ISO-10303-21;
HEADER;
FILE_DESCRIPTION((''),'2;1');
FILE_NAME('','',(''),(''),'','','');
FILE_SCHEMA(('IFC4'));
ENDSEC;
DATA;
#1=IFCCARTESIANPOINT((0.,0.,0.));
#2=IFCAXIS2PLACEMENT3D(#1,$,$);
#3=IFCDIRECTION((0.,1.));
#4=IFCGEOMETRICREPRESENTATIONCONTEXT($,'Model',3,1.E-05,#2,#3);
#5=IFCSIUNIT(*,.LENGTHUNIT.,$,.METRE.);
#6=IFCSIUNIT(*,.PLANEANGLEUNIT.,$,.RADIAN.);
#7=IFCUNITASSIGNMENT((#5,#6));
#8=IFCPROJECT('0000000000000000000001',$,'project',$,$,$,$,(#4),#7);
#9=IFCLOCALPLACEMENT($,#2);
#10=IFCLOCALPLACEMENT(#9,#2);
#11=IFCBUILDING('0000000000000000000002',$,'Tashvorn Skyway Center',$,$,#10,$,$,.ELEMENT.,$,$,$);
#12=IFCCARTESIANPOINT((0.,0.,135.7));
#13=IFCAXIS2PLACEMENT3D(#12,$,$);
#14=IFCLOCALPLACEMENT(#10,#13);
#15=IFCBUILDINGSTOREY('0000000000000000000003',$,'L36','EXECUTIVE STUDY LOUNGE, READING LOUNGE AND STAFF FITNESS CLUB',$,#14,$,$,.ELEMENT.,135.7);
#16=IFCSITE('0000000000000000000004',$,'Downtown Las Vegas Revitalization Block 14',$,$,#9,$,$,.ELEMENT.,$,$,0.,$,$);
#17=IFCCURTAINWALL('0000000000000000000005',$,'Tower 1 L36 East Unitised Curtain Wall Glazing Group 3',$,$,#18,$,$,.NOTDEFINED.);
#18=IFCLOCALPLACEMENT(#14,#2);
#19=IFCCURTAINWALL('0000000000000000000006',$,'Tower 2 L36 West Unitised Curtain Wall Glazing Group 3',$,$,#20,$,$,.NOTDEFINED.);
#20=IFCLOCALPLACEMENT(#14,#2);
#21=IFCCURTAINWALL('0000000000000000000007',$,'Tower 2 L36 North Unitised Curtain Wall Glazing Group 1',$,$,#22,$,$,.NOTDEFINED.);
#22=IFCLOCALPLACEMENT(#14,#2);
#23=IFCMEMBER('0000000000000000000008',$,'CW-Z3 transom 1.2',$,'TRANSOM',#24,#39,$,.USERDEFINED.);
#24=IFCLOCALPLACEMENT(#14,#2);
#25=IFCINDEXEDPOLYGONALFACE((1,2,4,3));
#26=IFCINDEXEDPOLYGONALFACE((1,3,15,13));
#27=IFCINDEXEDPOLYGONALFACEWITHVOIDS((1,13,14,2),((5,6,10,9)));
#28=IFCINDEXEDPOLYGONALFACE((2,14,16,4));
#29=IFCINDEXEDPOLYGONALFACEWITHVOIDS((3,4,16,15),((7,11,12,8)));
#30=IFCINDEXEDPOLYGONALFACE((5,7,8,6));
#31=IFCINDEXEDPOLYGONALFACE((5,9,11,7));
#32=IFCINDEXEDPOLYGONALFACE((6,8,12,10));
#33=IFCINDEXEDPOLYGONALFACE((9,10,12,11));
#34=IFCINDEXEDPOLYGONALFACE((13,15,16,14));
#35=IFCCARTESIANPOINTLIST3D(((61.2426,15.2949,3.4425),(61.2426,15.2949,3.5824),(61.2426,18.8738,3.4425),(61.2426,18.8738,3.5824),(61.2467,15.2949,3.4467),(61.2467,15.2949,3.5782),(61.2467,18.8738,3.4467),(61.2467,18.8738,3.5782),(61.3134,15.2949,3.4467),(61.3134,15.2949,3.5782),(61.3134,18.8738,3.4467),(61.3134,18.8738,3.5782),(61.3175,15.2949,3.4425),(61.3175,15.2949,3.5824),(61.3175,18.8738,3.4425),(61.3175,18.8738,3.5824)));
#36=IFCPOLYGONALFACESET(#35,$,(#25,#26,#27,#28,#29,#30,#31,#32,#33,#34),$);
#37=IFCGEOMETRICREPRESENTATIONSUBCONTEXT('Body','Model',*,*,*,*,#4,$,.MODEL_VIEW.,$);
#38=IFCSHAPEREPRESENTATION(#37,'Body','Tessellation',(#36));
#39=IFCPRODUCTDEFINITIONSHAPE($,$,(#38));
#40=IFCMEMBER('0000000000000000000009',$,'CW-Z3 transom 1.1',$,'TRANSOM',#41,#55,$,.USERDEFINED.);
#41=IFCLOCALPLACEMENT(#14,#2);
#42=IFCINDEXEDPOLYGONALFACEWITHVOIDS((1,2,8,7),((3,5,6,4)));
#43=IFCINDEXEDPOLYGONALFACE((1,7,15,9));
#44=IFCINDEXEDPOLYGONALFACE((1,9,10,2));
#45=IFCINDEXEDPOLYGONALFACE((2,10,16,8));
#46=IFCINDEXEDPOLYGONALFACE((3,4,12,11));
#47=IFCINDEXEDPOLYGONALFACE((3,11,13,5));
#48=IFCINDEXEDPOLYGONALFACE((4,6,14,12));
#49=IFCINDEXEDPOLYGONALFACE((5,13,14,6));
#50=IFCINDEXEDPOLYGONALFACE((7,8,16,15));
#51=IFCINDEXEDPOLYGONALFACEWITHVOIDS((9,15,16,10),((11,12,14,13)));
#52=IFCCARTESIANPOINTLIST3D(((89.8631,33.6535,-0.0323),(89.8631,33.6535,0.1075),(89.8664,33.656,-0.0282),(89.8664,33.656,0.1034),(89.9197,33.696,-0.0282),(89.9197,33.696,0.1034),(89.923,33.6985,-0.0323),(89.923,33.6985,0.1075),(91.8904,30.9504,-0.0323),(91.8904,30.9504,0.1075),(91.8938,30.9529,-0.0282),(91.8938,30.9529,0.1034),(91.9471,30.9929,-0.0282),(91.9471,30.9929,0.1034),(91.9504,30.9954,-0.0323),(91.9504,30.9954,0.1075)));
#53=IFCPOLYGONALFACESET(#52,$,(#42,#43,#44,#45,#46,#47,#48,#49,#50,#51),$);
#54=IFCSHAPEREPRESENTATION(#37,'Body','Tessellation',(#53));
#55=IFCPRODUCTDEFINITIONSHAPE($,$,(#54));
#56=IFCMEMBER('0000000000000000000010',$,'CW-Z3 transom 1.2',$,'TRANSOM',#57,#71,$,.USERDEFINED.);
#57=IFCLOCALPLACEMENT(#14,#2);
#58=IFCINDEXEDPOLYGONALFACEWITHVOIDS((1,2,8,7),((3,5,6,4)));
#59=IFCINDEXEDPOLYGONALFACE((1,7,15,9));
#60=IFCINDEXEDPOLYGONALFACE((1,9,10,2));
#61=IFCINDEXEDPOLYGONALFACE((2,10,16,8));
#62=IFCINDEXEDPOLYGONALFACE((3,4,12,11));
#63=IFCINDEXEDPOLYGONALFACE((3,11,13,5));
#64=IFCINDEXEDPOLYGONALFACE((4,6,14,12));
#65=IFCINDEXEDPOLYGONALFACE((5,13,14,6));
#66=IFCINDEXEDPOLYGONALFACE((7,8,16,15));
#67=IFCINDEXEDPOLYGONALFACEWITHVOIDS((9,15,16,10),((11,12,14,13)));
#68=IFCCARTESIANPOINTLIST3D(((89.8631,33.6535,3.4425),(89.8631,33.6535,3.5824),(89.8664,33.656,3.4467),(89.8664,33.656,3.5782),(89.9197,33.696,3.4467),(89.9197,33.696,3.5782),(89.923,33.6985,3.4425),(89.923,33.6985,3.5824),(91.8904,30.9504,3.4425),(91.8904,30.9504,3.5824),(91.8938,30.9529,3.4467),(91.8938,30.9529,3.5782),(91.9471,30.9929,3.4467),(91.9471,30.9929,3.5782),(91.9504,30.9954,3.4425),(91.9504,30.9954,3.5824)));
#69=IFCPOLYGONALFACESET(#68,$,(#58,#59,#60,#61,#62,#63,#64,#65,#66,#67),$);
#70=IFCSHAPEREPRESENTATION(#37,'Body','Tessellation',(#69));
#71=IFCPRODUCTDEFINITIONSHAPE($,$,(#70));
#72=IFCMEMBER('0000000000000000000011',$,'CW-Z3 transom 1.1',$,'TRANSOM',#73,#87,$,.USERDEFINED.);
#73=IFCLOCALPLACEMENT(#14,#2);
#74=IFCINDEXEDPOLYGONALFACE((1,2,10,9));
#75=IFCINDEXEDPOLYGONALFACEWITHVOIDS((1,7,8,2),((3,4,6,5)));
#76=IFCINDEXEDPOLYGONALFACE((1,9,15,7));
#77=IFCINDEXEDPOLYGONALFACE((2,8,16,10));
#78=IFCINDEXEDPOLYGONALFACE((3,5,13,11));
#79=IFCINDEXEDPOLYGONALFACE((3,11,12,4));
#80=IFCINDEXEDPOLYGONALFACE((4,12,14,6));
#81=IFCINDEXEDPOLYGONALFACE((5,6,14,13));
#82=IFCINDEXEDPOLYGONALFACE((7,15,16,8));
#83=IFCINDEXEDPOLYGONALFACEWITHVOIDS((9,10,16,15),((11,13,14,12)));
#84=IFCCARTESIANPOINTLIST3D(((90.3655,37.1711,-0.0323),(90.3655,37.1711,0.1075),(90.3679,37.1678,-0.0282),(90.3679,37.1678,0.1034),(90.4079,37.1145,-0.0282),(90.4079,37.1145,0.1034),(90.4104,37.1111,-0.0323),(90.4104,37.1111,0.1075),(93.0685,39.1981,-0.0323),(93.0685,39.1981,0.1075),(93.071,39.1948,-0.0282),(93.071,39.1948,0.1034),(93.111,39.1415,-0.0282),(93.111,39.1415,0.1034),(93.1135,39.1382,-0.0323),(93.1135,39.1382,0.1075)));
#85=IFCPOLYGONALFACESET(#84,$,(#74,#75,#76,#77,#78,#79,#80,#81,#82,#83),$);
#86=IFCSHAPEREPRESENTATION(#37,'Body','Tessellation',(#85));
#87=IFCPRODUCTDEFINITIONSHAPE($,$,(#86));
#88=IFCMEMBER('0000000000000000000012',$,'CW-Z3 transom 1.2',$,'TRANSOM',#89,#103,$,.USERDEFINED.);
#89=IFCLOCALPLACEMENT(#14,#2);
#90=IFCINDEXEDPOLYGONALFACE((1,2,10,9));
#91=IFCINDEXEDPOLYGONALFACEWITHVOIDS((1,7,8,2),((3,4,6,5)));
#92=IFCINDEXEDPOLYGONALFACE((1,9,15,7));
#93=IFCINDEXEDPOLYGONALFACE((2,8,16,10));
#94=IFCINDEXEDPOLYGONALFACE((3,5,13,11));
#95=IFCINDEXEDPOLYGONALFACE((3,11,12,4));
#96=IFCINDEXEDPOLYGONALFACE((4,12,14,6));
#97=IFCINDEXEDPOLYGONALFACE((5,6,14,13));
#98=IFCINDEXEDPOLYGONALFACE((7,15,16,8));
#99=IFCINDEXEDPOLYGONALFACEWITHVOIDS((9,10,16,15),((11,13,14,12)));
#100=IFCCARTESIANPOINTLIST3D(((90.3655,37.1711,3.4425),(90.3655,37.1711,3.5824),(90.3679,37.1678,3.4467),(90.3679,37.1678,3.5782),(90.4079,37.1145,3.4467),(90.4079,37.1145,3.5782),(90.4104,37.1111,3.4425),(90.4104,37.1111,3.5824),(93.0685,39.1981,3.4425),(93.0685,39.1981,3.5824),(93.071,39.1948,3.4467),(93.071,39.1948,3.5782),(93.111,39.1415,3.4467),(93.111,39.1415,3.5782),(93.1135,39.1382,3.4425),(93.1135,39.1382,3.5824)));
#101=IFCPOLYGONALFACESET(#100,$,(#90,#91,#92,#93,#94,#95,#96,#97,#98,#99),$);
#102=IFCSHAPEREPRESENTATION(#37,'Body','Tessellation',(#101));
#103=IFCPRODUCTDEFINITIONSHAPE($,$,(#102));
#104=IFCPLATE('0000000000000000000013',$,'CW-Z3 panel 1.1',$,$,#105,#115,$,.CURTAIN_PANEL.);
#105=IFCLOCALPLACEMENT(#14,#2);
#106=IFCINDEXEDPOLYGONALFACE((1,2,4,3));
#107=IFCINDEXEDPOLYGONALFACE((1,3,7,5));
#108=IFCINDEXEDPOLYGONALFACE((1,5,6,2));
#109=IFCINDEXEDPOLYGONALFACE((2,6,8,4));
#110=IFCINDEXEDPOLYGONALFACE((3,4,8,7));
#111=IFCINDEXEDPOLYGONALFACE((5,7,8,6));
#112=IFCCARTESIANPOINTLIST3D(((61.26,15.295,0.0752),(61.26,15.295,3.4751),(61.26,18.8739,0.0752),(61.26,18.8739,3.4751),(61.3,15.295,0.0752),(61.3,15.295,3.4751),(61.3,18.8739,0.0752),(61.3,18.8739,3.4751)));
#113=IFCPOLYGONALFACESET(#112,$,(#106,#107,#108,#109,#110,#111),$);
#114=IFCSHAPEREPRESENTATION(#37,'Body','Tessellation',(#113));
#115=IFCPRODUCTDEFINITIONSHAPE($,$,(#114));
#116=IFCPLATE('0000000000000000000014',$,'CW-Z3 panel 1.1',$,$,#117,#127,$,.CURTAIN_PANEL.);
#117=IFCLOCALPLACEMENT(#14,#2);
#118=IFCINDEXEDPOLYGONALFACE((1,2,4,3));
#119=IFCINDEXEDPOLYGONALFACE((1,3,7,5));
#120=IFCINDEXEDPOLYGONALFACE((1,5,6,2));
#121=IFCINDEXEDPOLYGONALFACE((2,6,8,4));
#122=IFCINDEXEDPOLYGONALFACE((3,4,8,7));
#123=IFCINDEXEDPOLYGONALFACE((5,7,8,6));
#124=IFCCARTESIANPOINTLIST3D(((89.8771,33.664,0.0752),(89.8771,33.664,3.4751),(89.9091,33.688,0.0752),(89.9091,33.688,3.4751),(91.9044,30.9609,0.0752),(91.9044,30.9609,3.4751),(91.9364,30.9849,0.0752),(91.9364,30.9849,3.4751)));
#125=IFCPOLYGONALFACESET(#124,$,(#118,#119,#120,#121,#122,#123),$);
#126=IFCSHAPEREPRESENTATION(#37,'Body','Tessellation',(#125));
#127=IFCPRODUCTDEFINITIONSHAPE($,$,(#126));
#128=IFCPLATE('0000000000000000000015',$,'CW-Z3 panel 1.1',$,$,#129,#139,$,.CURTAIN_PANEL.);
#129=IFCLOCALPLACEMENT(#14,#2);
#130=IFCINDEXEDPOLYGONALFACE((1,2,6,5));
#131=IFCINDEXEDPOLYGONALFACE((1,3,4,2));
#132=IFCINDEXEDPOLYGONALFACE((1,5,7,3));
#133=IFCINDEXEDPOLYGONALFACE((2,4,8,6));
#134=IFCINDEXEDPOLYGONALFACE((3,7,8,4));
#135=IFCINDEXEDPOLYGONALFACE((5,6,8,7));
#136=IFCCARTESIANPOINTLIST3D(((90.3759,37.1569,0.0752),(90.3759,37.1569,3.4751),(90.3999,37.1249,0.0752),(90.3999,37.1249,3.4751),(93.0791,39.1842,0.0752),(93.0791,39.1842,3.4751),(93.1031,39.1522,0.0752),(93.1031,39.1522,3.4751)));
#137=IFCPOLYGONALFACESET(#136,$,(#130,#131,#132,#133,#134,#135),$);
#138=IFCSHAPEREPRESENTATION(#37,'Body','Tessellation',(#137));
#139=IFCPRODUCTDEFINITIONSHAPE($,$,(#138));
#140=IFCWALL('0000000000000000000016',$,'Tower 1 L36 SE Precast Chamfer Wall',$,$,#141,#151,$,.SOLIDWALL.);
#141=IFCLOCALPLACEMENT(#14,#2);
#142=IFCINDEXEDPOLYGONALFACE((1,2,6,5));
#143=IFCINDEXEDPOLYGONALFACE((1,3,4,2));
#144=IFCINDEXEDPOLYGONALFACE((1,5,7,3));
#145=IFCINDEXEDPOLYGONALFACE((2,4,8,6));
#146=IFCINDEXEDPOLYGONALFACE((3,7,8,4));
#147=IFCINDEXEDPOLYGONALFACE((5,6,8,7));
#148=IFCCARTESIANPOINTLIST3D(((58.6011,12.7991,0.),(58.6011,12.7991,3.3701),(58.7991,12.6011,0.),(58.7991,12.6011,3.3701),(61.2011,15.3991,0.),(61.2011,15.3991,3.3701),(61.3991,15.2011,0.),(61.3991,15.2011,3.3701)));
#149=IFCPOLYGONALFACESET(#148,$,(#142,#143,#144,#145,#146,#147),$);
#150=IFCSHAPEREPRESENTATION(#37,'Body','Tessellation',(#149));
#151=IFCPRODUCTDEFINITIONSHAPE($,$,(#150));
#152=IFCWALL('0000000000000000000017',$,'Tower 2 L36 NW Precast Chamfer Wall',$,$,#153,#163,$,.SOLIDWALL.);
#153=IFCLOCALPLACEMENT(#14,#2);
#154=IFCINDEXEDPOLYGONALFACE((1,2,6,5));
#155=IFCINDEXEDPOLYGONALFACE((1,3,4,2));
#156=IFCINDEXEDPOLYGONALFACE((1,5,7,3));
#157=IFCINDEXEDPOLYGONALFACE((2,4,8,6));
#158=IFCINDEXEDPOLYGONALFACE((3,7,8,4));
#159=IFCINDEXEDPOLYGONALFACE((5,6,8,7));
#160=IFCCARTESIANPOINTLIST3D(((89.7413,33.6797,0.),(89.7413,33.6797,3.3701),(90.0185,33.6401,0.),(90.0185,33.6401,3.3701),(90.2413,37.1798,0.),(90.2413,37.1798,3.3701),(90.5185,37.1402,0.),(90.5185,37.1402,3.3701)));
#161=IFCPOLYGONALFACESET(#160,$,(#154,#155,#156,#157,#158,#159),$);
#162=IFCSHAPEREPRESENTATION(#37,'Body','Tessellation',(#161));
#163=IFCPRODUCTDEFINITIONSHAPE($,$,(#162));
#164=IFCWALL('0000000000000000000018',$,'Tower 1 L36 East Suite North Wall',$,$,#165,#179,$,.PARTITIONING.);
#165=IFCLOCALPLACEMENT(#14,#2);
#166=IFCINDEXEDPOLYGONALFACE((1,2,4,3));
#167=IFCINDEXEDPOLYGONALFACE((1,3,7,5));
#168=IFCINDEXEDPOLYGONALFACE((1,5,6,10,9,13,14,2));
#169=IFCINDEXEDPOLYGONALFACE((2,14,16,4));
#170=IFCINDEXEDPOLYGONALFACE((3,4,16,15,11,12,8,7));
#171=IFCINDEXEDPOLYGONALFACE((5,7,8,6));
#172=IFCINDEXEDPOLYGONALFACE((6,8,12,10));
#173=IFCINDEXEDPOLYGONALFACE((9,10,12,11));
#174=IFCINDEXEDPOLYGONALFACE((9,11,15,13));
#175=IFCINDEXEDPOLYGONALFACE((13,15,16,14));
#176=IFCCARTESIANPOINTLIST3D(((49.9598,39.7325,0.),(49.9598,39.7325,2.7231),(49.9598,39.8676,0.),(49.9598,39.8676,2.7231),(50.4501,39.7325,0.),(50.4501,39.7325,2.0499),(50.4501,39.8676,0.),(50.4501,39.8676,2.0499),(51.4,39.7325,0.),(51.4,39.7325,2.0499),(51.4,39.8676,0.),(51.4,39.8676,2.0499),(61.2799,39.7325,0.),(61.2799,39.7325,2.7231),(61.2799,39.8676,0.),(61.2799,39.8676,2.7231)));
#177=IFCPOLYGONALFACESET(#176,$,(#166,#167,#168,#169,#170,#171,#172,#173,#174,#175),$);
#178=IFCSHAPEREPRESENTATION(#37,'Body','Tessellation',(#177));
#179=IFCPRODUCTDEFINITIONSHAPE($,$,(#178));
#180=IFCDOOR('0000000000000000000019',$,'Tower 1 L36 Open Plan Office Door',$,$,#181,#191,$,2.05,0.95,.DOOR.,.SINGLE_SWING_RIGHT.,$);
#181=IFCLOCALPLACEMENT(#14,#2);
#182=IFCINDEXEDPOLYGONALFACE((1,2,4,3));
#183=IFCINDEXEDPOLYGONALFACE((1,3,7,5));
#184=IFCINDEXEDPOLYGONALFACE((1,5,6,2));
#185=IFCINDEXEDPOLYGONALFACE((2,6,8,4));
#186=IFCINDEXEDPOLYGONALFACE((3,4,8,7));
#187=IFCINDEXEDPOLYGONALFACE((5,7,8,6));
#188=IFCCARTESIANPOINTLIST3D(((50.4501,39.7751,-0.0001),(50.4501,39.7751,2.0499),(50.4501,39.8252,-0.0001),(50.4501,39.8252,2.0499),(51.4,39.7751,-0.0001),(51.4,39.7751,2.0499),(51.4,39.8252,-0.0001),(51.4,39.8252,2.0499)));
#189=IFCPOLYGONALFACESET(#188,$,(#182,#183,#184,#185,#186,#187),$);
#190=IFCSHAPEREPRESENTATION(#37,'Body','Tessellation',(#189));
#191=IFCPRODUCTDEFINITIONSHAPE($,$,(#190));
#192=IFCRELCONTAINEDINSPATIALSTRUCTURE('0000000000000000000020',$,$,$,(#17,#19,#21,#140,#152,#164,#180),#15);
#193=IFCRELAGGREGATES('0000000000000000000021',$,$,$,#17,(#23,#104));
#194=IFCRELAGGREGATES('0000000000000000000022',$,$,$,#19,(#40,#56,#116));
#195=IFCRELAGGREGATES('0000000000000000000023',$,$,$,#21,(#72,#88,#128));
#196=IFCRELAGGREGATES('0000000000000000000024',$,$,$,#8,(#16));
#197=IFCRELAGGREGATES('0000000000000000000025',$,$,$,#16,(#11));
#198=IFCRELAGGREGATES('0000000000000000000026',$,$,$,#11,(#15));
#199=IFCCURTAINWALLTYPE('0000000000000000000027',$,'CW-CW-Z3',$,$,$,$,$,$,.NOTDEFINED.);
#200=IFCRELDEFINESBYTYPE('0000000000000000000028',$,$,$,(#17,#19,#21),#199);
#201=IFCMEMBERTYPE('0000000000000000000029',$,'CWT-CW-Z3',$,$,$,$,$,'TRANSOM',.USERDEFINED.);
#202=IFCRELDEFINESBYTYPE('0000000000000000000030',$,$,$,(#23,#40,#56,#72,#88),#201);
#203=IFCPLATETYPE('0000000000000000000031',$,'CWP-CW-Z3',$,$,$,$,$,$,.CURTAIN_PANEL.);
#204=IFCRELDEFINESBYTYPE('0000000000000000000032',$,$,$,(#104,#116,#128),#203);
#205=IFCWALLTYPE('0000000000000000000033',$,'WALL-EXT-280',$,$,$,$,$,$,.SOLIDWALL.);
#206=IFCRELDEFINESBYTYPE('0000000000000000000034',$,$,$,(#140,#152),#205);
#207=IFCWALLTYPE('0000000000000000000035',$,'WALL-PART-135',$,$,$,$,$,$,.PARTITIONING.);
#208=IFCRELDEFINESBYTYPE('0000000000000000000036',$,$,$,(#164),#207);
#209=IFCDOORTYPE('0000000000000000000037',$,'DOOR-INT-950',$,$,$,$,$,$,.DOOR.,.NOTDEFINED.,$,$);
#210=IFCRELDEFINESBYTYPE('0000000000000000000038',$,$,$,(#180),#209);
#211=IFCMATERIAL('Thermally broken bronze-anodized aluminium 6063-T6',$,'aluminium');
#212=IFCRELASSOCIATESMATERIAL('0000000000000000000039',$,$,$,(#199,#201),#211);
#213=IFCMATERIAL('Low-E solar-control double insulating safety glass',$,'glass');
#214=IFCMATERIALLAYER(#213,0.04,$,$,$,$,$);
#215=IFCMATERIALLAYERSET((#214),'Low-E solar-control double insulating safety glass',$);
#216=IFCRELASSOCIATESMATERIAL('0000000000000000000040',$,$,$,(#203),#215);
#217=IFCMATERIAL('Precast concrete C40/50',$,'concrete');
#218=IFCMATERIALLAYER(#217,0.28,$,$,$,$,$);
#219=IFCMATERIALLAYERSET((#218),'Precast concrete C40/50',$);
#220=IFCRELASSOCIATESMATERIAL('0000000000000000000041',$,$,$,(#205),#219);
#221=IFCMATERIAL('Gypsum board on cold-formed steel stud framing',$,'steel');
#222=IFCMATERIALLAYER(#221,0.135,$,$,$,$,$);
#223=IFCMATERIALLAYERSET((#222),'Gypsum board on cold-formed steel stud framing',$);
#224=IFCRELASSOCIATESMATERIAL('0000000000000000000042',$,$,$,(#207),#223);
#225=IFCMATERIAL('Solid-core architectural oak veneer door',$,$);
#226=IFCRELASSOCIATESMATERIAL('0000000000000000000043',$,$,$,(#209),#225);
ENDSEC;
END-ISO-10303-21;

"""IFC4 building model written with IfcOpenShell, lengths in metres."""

from ifc_helpers import new_model, si_unit, direction, frame, frame_2d, origin, origin_2d, place, context, subcontext, project, spatial, rectangle, hollow_rectangle, extrude, material, layer, layer_set, material_profile, profile_set, type_object, element, fill, aggregate, save


model = new_model("IFC4")

# Units and contexts
model_context = context("Model", 3, precision=1e-05, world=origin(), true_north=direction((0.0, 1.0)))
body_context = subcontext(model_context, "Body", "Model", "MODEL_VIEW")
ifc_project = project(units=[si_unit("LENGTHUNIT", "METRE"), si_unit("PLANEANGLEUNIT", "RADIAN")], contexts=[model_context])

# Site, building, storey
site_placement = place(None, origin())
site = spatial("IfcSite", under=ifc_project, at=site_placement, Name="Downtown Las Vegas Revitalization Block 14", CompositionType="ELEMENT", RefElevation=0.0)
building_placement = place(site_placement, origin())
building = spatial("IfcBuilding", under=site, at=building_placement, Name="Tashvorn Skyway Center", CompositionType="ELEMENT")
storey_placement = place(building_placement, frame((0.0, 0.0, 135.7)))
storey = spatial("IfcBuildingStorey", under=building, at=storey_placement, Name="L36", Description="EXECUTIVE STUDY LOUNGE, READING LOUNGE AND STAFF FITNESS CLUB", CompositionType="ELEMENT", Elevation=135.7)

# Curtain walls
ifc_material_1 = material(Name="Thermally broken bronze-anodized aluminium 6063-T6", Category="aluminium")
curtain_wall_type = type_object("IfcCurtainWallType", Name="CW-CW-Z3", PredefinedType="NOTDEFINED", material=ifc_material_1)
curtain_wall_1_placement = place(storey_placement, origin())
curtain_wall_1 = element("IfcCurtainWall", 1, at=curtain_wall_1_placement, inside=storey, type_object=curtain_wall_type, Name="Tower 1 L36 East Unitised Curtain Wall Glazing Group 3", PredefinedType="NOTDEFINED")
curtain_wall_2_placement = place(storey_placement, origin())
curtain_wall_2 = element("IfcCurtainWall", 2, at=curtain_wall_2_placement, inside=storey, type_object=curtain_wall_type, Name="Tower 2 L36 West Unitised Curtain Wall Glazing Group 3", PredefinedType="NOTDEFINED")
curtain_wall_3_placement = place(storey_placement, origin())
curtain_wall_3 = element("IfcCurtainWall", 3, at=curtain_wall_3_placement, inside=storey, type_object=curtain_wall_type, Name="Tower 2 L36 North Unitised Curtain Wall Glazing Group 1", PredefinedType="NOTDEFINED")

# Members
ifc_material_profile_1 = material_profile(ifc_material_1, hollow_rectangle(XDim=0.075, YDim=0.1399, WallThickness=0.0042, at=origin_2d()), Name="ALU-TRAN-75x140")
ifc_profile_set_1 = profile_set([ifc_material_profile_1], Name="Thermally broken bronze-anodized aluminium 6063-T6")
member_type_1 = type_object("IfcMemberType", Name="CWT-CW-Z3", ElementType="TRANSOM", PredefinedType="USERDEFINED", material=ifc_profile_set_1)
member_1_placement = place(storey_placement, frame((61.28, 18.8738, 3.5125), z_axis=(0.0, -1.0, 0.0), x_axis=(1.0, 0.0, 0.0)))
member_1 = element("IfcMember", 4, at=member_1_placement, type_object=member_type_1, Name="CW-Z3 transom 1.2", ObjectType="TRANSOM", PredefinedType="USERDEFINED", context=body_context, shape_type="SweptSolid", body=[
    extrude(hollow_rectangle(XDim=0.075, YDim=0.1399, WallThickness=0.0042, at=origin_2d()), origin(), (0.0, 0.0, 1.0), 3.5789),
])
member_2_placement = place(storey_placement, frame((91.9204, 30.9729, 0.0376), z_axis=(-0.6, 0.8, 0.0), x_axis=(-0.8, -0.6, 0.0)))
member_2 = element("IfcMember", 5, at=member_2_placement, type_object=member_type_1, Name="CW-Z3 transom 1.1", ObjectType="TRANSOM", PredefinedType="USERDEFINED", context=body_context, shape_type="SweptSolid", body=[
    extrude(hollow_rectangle(XDim=0.075, YDim=0.1399, WallThickness=0.0042, at=origin_2d()), origin(), (0.0, 0.0, 1.0), 3.3789),
])
member_3_placement = place(storey_placement, frame((91.9204, 30.9729, 3.5125), z_axis=(-0.6, 0.8, 0.0), x_axis=(-0.8, -0.6, 0.0)))
member_3 = element("IfcMember", 6, at=member_3_placement, type_object=member_type_1, Name="CW-Z3 transom 1.2", ObjectType="TRANSOM", PredefinedType="USERDEFINED", context=body_context, shape_type="SweptSolid", body=[
    extrude(hollow_rectangle(XDim=0.075, YDim=0.1399, WallThickness=0.0042, at=origin_2d()), origin(), (0.0, 0.0, 1.0), 3.3789),
])
member_4_placement = place(storey_placement, frame((90.3879, 37.1411, 0.0376), z_axis=(0.800035, 0.599954, 0.0), x_axis=(-0.599954, 0.800035, 0.0)))
member_4 = element("IfcMember", 7, at=member_4_placement, type_object=member_type_1, Name="CW-Z3 transom 1.1", ObjectType="TRANSOM", PredefinedType="USERDEFINED", context=body_context, shape_type="SweptSolid", body=[
    extrude(hollow_rectangle(XDim=0.075, YDim=0.1399, WallThickness=0.0042, at=origin_2d()), origin(), (0.0, 0.0, 1.0), 3.3787),
])
member_5_placement = place(storey_placement, frame((90.3879, 37.1411, 3.5125), z_axis=(0.800035, 0.599954, 0.0), x_axis=(-0.599954, 0.800035, 0.0)))
member_5 = element("IfcMember", 8, at=member_5_placement, type_object=member_type_1, Name="CW-Z3 transom 1.2", ObjectType="TRANSOM", PredefinedType="USERDEFINED", context=body_context, shape_type="SweptSolid", body=[
    extrude(hollow_rectangle(XDim=0.075, YDim=0.1399, WallThickness=0.0042, at=origin_2d()), origin(), (0.0, 0.0, 1.0), 3.3787),
])

# Plates
ifc_material_2 = material(Name="Low-E solar-control double insulating safety glass", Category="glass")
ifc_layer_1 = layer(ifc_material_2, 0.04)
ifc_layer_set_1 = layer_set([ifc_layer_1], Name="Low-E solar-control double insulating safety glass")
plate_type = type_object("IfcPlateType", Name="CWP-CW-Z3", PredefinedType="CURTAIN_PANEL", material=ifc_layer_set_1)
plate_1_placement = place(storey_placement, frame((61.28, 17.0845, 0.0752), z_axis=(0.0, 0.0, 1.0), x_axis=(0.0, -1.0, 0.0)))
plate_1 = element("IfcPlate", 9, at=plate_1_placement, type_object=plate_type, Name="CW-Z3 panel 1.1", PredefinedType="CURTAIN_PANEL", context=body_context, shape_type="SweptSolid", body=[
    extrude(rectangle(XDim=3.5789, YDim=0.04, at=origin_2d()), origin(), (0.0, 0.0, 1.0), 3.3999),
])
aggregate(curtain_wall_1, [member_1, plate_1])
plate_2_placement = place(storey_placement, frame((90.9067, 32.3245, 0.0752), z_axis=(0.0, 0.0, 1.0), x_axis=(-0.599995, 0.800003, 0.0)))
plate_2 = element("IfcPlate", 10, at=plate_2_placement, type_object=plate_type, Name="CW-Z3 panel 1.1", PredefinedType="CURTAIN_PANEL", context=body_context, shape_type="SweptSolid", body=[
    extrude(rectangle(XDim=3.3789, YDim=0.04, at=origin_2d()), origin(), (0.0, 0.0, 1.0), 3.3999),
])
aggregate(curtain_wall_2, [member_2, member_3, plate_2])
plate_3_placement = place(storey_placement, frame((91.7395, 38.1545, 0.0752), z_axis=(0.0, 0.0, 1.0), x_axis=(0.800003, 0.599995, 0.0)))
plate_3 = element("IfcPlate", 11, at=plate_3_placement, type_object=plate_type, Name="CW-Z3 panel 1.1", PredefinedType="CURTAIN_PANEL", context=body_context, shape_type="SweptSolid", body=[
    extrude(rectangle(XDim=3.3789, YDim=0.04, at=origin_2d()), origin(), (0.0, 0.0, 1.0), 3.3999),
])
aggregate(curtain_wall_3, [member_4, member_5, plate_3])

# Walls
ifc_material_3 = material(Name="Precast concrete C40/50", Category="concrete")
ifc_layer_2 = layer(ifc_material_3, 0.28)
ifc_layer_set_2 = layer_set([ifc_layer_2], Name="Precast concrete C40/50")
wall_type_1 = type_object("IfcWallType", Name="WALL-EXT-280", PredefinedType="SOLIDWALL", material=ifc_layer_set_2)
wall_1_placement = place(storey_placement, frame((61.3, 15.3, 0.0), z_axis=(0.0, 0.0, 1.0), x_axis=(-0.707107, -0.707107, 0.0)))
element("IfcWall", 12, at=wall_1_placement, inside=storey, type_object=wall_type_1, Name="Tower 1 L36 SE Precast Chamfer Wall", PredefinedType="SOLIDWALL", context=body_context, shape_type="SweptSolid", body=[
    extrude(rectangle(XDim=3.677, YDim=0.28, at=frame_2d((1.8384, 0.0))), origin(), (0.0, 0.0, 1.0), 3.3701),
])
wall_2_placement = place(storey_placement, frame((89.8799, 33.6599, 0.0), z_axis=(0.0, 0.0, 1.0), x_axis=(0.141421, 0.989949, 0.0)))
element("IfcWall", 13, at=wall_2_placement, inside=storey, type_object=wall_type_1, Name="Tower 2 L36 NW Precast Chamfer Wall", PredefinedType="SOLIDWALL", context=body_context, shape_type="SweptSolid", body=[
    extrude(rectangle(XDim=3.5356, YDim=0.28, at=frame_2d((1.7678, 0.0))), origin(), (0.0, 0.0, 1.0), 3.3701),
])

# Wall, opening, door
ifc_material_4 = material(Name="Gypsum board on cold-formed steel stud framing", Category="steel")
ifc_layer_3 = layer(ifc_material_4, 0.135)
ifc_layer_set_3 = layer_set([ifc_layer_3], Name="Gypsum board on cold-formed steel stud framing")
wall_type_2 = type_object("IfcWallType", Name="WALL-PART-135", PredefinedType="PARTITIONING", material=ifc_layer_set_3)
wall_3_placement = place(storey_placement, frame((61.28, 39.8, 0.0), z_axis=(0.0, 0.0, 1.0), x_axis=(-1.0, 0.0, 0.0)))
wall_3 = element("IfcWall", 14, at=wall_3_placement, inside=storey, type_object=wall_type_2, Name="Tower 1 L36 East Suite North Wall", PredefinedType="PARTITIONING", context=body_context, shape_type="SweptSolid", body=[
    extrude(rectangle(XDim=11.3201, YDim=0.135, at=frame_2d((5.6602, 0.0))), origin(), (0.0, 0.0, 1.0), 2.7231),
])
opening_1_placement = place(wall_3_placement, frame((9.8799, 0.0, 0.0)))
opening_1 = element("IfcOpeningElement", 15, at=opening_1_placement, cuts=wall_3, PredefinedType="OPENING", context=body_context, shape_type="SweptSolid", body=[
    extrude(rectangle(XDim=0.95, YDim=2.05, at=frame_2d((0.4751, 1.0249))), frame((0.0, 0.0774, 0.0), z_axis=(0.0, -1.0, 0.0), x_axis=(1.0, 0.0, 0.0)), (0.0, 0.0, 1.0), 0.155),
])
ifc_material_5 = material(Name="Solid-core architectural oak veneer door")
door_type = type_object("IfcDoorType", Name="DOOR-INT-950", OperationType="NOTDEFINED", PredefinedType="DOOR", material=ifc_material_5)
door_1_placement = place(opening_1_placement, origin())
door_1 = element("IfcDoor", 16, at=door_1_placement, inside=storey, type_object=door_type, Name="Tower 1 L36 Open Plan Office Door", OperationType="SINGLE_SWING_RIGHT", OverallHeight=2.05, OverallWidth=0.95, PredefinedType="DOOR", context=body_context, shape_type="SweptSolid", body=[
    extrude(rectangle(XDim=0.95, YDim=2.05, at=frame_2d((0.4751, 1.0249))), frame((0.0, 0.0249, 0.0), z_axis=(0.0, -1.0, 0.0), x_axis=(1.0, 0.0, 0.0)), (0.0, 0.0, 1.0), 0.05),
])
fill(opening_1, door_1)

save(model, "model.ifc")
